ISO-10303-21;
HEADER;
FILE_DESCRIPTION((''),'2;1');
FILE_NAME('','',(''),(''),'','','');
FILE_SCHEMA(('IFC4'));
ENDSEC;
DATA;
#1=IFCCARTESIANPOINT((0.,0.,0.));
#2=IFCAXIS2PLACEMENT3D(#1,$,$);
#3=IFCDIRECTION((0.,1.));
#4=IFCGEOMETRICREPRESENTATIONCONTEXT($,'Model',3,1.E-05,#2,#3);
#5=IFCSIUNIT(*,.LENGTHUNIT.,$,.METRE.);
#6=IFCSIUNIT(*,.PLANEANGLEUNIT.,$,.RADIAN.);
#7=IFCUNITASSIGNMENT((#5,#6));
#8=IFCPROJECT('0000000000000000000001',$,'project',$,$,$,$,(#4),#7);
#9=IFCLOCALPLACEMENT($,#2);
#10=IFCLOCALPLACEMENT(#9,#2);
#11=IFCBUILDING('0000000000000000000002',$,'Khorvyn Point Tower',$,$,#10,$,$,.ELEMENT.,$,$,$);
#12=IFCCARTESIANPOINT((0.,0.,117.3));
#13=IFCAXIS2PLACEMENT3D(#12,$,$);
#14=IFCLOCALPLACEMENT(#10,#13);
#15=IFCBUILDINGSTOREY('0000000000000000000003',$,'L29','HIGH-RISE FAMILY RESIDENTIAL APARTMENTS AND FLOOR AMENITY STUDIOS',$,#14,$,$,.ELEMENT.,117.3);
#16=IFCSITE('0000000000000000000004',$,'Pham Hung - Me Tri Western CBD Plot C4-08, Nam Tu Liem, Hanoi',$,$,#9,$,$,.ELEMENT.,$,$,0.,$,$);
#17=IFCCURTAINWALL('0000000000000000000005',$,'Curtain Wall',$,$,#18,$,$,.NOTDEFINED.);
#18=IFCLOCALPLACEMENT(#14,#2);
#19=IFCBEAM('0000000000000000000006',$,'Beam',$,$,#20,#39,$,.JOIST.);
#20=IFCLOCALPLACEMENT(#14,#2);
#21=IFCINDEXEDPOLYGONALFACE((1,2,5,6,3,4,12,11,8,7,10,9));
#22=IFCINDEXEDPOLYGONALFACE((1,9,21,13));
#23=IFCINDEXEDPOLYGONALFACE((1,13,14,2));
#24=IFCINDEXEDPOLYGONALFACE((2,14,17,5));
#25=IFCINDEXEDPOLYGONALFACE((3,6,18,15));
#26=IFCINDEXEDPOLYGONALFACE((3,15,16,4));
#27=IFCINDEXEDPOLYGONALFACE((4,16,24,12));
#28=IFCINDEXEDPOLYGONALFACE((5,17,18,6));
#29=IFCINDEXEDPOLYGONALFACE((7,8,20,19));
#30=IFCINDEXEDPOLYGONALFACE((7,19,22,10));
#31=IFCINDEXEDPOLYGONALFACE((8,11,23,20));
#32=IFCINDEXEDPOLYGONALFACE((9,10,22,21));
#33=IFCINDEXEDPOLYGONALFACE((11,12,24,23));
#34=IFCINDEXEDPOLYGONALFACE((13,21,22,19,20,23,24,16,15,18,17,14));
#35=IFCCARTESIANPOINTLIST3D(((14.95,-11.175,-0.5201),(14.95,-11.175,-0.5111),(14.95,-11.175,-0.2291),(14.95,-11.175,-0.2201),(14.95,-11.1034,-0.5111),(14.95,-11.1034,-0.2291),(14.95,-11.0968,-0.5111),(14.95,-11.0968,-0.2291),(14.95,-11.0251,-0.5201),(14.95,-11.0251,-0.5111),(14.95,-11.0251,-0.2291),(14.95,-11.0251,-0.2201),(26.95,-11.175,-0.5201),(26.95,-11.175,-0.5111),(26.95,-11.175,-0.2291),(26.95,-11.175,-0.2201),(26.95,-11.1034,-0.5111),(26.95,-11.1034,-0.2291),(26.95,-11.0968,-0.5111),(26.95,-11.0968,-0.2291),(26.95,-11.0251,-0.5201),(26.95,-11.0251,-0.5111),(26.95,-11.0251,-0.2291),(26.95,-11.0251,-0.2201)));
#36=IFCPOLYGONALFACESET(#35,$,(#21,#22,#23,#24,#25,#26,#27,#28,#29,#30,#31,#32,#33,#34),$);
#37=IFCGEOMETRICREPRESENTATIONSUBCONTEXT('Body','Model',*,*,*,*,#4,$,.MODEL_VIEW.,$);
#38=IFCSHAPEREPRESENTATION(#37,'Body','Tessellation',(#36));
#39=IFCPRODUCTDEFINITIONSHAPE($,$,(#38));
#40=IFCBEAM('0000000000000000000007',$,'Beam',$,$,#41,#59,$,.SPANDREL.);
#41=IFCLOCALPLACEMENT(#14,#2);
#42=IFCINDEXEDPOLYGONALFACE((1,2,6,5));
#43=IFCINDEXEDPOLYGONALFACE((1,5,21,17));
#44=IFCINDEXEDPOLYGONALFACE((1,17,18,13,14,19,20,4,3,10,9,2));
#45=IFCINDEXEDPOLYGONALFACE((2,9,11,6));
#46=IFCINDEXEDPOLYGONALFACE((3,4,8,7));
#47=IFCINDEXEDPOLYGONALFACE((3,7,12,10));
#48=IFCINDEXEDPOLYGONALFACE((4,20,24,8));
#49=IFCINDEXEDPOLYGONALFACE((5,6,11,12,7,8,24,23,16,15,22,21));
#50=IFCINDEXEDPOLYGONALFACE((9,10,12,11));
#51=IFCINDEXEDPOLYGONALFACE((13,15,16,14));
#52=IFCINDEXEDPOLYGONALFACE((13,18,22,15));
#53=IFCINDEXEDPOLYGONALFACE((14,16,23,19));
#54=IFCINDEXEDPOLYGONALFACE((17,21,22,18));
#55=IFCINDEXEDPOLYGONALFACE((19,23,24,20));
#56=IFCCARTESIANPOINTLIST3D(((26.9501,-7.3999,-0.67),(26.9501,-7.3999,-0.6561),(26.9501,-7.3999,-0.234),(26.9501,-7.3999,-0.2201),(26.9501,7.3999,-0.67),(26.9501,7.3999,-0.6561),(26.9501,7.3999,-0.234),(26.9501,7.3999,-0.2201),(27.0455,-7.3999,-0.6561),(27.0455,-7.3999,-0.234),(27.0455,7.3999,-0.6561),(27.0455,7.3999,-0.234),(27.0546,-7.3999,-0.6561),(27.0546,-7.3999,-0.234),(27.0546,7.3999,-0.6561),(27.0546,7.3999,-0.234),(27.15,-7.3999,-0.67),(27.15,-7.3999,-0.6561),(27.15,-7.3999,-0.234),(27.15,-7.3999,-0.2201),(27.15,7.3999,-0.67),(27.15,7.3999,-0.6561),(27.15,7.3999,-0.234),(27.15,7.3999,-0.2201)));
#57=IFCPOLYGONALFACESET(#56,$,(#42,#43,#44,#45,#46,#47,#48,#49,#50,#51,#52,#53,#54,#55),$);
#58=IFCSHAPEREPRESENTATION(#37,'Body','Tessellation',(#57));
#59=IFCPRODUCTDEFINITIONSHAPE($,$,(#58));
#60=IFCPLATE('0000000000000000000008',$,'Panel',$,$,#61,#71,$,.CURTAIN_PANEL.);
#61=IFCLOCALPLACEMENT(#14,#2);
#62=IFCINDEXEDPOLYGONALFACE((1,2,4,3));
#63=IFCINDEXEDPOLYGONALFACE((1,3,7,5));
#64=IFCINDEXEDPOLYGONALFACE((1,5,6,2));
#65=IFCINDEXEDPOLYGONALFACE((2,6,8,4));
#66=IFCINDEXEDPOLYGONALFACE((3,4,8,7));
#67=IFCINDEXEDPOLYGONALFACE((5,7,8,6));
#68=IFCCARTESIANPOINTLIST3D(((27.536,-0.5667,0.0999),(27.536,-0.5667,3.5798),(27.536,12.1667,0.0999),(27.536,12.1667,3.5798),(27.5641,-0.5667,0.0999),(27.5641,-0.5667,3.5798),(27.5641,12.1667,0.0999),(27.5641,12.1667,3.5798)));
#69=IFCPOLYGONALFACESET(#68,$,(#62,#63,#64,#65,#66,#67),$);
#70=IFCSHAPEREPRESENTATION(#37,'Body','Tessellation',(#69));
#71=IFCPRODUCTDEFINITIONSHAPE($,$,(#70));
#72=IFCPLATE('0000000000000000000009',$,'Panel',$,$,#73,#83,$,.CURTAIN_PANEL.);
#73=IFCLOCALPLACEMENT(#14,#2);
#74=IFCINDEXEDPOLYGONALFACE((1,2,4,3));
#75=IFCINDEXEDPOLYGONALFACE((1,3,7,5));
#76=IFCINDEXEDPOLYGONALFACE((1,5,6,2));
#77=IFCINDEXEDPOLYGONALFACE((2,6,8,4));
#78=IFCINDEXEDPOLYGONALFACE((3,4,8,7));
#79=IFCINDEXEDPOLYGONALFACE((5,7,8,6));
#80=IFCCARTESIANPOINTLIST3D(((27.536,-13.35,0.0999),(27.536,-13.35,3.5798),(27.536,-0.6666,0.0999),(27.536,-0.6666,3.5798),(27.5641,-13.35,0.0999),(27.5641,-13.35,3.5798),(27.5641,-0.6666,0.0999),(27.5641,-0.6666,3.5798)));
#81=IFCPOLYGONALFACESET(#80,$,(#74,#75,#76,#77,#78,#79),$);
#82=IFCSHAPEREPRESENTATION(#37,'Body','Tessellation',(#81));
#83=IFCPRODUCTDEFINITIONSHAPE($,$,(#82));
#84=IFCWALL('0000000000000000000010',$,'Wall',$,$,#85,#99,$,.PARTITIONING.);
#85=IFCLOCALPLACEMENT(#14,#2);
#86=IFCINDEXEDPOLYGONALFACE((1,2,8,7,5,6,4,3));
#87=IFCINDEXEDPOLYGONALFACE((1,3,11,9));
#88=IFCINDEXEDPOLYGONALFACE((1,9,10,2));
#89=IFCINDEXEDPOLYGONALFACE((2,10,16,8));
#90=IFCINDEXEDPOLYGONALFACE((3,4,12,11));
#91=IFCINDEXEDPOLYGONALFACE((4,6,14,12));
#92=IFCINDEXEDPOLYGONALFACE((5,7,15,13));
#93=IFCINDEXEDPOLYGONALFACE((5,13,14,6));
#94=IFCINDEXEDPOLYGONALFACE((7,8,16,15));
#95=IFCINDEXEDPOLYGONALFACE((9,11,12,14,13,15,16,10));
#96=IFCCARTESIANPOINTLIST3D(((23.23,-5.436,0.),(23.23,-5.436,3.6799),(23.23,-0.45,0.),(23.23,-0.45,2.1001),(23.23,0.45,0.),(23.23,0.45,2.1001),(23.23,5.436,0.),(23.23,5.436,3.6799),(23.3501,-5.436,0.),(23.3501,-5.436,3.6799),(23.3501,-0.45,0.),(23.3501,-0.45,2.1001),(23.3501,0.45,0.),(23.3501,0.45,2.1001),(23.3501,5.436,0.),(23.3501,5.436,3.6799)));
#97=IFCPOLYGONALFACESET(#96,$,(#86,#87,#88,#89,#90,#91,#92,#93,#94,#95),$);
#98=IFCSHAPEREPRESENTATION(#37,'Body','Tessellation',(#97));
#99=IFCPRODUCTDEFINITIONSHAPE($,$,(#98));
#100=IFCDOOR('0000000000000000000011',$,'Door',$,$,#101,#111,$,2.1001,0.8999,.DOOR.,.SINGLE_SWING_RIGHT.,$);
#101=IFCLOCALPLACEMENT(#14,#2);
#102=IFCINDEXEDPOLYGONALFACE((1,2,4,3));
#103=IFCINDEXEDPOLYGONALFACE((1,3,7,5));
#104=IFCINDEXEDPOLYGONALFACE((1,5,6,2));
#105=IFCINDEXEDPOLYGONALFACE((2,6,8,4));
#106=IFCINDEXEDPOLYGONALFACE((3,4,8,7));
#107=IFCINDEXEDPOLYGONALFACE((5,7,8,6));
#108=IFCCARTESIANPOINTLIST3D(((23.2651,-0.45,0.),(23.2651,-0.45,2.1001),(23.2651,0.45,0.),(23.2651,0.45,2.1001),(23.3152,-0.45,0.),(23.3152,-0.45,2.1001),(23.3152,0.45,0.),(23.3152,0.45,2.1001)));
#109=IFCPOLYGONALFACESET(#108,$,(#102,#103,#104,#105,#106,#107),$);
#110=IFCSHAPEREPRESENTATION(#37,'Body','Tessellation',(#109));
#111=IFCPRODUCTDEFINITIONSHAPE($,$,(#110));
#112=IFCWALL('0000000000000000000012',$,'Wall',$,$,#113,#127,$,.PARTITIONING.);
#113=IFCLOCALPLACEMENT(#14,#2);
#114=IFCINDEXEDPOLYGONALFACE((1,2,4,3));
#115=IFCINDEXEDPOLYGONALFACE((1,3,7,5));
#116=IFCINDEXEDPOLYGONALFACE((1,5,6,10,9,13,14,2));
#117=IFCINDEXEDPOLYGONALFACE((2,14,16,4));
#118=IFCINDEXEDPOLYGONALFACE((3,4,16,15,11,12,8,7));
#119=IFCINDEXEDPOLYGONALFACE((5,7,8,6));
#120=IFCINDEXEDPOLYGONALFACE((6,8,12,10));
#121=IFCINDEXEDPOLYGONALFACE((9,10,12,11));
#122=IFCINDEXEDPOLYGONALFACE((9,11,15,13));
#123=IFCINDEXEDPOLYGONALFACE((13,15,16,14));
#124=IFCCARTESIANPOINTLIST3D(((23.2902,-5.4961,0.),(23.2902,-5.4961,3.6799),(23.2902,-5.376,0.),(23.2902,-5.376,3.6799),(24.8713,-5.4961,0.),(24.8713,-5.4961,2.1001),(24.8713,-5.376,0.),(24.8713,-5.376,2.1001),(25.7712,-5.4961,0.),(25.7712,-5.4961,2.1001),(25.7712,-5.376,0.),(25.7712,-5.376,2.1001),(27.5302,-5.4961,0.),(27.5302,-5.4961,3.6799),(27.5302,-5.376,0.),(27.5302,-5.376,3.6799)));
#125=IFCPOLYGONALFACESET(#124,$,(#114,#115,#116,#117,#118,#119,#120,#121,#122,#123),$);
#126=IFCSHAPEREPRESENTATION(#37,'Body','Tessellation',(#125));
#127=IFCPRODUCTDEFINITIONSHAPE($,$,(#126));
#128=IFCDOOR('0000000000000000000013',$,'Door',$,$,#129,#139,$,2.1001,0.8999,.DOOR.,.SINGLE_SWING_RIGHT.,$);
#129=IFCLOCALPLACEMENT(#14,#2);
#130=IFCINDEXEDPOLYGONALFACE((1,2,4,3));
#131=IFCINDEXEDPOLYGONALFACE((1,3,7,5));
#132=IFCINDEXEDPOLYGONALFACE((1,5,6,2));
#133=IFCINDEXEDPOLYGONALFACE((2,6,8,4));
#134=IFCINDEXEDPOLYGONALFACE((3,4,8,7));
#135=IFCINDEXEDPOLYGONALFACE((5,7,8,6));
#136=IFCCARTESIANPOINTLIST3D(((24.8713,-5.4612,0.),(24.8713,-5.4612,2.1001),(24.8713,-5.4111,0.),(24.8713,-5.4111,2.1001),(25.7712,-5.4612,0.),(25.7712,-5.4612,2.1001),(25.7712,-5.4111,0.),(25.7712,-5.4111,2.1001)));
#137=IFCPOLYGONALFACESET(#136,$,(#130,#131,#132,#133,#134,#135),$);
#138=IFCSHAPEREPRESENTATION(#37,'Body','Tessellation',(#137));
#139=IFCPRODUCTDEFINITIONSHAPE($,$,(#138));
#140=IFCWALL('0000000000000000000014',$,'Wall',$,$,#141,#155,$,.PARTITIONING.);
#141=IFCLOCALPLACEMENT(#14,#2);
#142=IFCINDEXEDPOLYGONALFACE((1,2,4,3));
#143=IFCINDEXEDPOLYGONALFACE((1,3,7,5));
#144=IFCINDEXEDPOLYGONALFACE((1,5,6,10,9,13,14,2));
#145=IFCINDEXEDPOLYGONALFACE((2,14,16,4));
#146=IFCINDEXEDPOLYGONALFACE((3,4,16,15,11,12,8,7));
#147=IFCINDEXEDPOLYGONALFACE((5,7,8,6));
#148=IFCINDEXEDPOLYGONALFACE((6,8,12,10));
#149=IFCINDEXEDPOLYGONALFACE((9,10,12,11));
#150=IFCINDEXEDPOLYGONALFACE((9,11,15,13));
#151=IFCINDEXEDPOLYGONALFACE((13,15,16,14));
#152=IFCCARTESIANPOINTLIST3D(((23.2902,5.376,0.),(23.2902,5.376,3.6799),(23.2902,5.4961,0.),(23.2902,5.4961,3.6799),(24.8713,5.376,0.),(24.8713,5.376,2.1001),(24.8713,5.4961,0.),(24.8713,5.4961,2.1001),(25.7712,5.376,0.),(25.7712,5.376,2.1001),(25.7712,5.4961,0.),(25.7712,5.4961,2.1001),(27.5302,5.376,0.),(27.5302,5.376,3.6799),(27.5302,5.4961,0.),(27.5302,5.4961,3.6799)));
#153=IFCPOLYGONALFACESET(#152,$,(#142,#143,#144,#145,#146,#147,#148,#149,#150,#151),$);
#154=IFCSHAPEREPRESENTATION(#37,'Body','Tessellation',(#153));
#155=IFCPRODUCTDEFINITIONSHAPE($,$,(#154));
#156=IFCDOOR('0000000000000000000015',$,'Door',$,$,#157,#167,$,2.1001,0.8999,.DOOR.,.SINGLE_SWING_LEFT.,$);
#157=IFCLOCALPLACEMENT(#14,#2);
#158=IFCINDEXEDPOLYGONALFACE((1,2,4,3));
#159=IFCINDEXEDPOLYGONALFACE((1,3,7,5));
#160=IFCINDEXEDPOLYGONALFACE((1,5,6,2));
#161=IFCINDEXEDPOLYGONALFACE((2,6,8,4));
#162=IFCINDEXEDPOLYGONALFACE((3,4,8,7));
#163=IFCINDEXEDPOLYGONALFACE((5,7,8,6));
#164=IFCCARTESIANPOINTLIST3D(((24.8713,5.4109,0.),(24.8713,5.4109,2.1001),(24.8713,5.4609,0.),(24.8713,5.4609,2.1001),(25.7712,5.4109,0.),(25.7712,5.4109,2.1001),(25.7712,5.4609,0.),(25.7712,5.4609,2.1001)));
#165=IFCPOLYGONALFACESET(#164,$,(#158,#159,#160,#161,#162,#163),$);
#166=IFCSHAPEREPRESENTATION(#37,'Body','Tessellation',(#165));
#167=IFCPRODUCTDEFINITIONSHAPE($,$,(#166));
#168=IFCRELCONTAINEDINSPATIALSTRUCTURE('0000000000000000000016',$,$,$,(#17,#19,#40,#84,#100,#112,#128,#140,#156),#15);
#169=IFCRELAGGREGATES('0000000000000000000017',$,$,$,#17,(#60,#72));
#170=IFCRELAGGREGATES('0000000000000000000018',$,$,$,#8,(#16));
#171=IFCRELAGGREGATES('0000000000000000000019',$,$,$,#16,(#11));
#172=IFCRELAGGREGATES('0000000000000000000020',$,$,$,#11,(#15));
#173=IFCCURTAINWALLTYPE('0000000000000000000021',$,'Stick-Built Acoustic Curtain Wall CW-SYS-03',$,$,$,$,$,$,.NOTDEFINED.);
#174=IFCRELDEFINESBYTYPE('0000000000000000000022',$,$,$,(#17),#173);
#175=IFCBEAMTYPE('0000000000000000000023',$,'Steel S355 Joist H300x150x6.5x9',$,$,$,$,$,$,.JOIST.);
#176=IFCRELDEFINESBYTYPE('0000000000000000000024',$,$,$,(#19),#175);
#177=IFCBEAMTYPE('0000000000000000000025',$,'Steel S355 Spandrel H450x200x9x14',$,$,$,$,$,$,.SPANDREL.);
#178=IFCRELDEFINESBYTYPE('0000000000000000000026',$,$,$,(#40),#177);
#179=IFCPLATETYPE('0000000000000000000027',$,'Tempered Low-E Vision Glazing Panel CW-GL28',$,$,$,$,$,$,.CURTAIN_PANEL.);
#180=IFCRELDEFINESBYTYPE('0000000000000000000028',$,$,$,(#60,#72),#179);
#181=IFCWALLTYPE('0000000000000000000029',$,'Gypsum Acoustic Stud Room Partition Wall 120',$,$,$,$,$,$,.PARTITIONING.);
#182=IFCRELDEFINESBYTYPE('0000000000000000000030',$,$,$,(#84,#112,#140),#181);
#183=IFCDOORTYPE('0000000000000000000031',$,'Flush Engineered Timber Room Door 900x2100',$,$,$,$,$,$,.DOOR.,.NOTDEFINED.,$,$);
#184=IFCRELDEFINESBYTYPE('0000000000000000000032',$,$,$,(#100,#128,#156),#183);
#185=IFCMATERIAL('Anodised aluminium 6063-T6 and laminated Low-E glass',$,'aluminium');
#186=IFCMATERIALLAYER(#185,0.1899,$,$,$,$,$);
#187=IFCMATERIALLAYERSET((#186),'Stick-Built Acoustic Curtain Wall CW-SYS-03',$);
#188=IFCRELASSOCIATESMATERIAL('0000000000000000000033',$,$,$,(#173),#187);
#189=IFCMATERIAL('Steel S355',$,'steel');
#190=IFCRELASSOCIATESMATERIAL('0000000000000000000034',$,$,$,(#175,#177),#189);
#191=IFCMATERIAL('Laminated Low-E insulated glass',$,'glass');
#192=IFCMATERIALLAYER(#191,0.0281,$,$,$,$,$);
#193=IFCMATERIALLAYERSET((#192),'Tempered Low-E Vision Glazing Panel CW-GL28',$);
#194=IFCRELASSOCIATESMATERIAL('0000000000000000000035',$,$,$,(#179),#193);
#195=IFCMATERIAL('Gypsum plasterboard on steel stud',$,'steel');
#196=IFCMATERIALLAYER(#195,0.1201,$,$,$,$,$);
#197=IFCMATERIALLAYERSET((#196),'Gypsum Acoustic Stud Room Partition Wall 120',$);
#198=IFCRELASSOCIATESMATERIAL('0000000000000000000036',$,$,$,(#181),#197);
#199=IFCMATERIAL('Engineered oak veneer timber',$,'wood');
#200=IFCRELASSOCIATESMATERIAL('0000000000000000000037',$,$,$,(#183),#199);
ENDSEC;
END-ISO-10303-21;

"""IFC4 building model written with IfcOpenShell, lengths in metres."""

from ifc_helpers import new_model, si_unit, direction, frame, frame_2d, origin, origin_2d, place, context, subcontext, project, spatial, rectangle, i_section, extrude, material, layer, layer_set, material_profile, profile_set, type_object, element, fill, aggregate, save


model = new_model("IFC4")

# Units and contexts
model_context = context("Model", 3, precision=1e-05, world=origin(), true_north=direction((0.0, 1.0)))
body_context = subcontext(model_context, "Body", "Model", "MODEL_VIEW")
ifc_project = project(units=[si_unit("LENGTHUNIT", "METRE"), si_unit("PLANEANGLEUNIT", "RADIAN")], contexts=[model_context])

# Site, building, storey
site_placement = place(None, origin())
site = spatial("IfcSite", under=ifc_project, at=site_placement, Name="Pham Hung - Me Tri Western CBD Plot C4-08, Nam Tu Liem, Hanoi", CompositionType="ELEMENT", RefElevation=0.0)
building_placement = place(site_placement, origin())
building = spatial("IfcBuilding", under=site, at=building_placement, Name="Khorvyn Point Tower", CompositionType="ELEMENT")
storey_placement = place(building_placement, frame((0.0, 0.0, 117.3)))
storey = spatial("IfcBuildingStorey", under=building, at=storey_placement, Name="L29", Description="HIGH-RISE FAMILY RESIDENTIAL APARTMENTS AND FLOOR AMENITY STUDIOS", CompositionType="ELEMENT", Elevation=117.3)

# Curtain wall
ifc_material_1 = material(Name="Anodised aluminium 6063-T6 and laminated Low-E glass", Category="aluminium")
ifc_layer_1 = layer(ifc_material_1, 0.1899)
ifc_layer_set_1 = layer_set([ifc_layer_1], Name="Stick-Built Acoustic Curtain Wall CW-SYS-03")
curtain_wall_type = type_object("IfcCurtainWallType", Name="Stick-Built Acoustic Curtain Wall CW-SYS-03", PredefinedType="NOTDEFINED", material=ifc_layer_set_1)
curtain_wall_placement = place(storey_placement, origin())
curtain_wall = element("IfcCurtainWall", 1, at=curtain_wall_placement, inside=storey, type_object=curtain_wall_type, Name="Curtain Wall", PredefinedType="NOTDEFINED")

# Beams
ifc_material_2 = material(Name="Steel S355", Category="steel")
ifc_material_profile_1 = material_profile(ifc_material_2, i_section(OverallWidth=0.1499, OverallDepth=0.3, WebThickness=0.0066, FlangeThickness=0.009, at=origin_2d()))
ifc_profile_set_1 = profile_set([ifc_material_profile_1], Name="Steel S355 H300x150x6.5x9")
beam_type_1 = type_object("IfcBeamType", Name="Steel S355 Joist H300x150x6.5x9", PredefinedType="JOIST", material=ifc_profile_set_1)
beam_1_placement = place(storey_placement, frame((14.95, -11.1001, -0.3701), z_axis=(1.0, 0.0, 0.0), x_axis=(0.0, 1.0, 0.0)))
element("IfcBeam", 2, at=beam_1_placement, inside=storey, type_object=beam_type_1, Name="Beam", PredefinedType="JOIST", context=body_context, shape_type="SweptSolid", body=[
    extrude(i_section(OverallWidth=0.1499, OverallDepth=0.3, WebThickness=0.0066, FlangeThickness=0.009, at=origin_2d()), origin(), (0.0, 0.0, 1.0), 12.0),
])
ifc_material_profile_2 = material_profile(ifc_material_2, i_section(OverallWidth=0.2, OverallDepth=0.45, WebThickness=0.009, FlangeThickness=0.0139, at=origin_2d()))
ifc_profile_set_2 = profile_set([ifc_material_profile_2], Name="Steel S355 H450x200x9x14")
beam_type_2 = type_object("IfcBeamType", Name="Steel S355 Spandrel H450x200x9x14", PredefinedType="SPANDREL", material=ifc_profile_set_2)
beam_2_placement = place(storey_placement, frame((27.05, -7.3999, -0.4451), z_axis=(0.0, 1.0, 0.0), x_axis=(-1.0, 0.0, 0.0)))
element("IfcBeam", 3, at=beam_2_placement, inside=storey, type_object=beam_type_2, Name="Beam", PredefinedType="SPANDREL", context=body_context, shape_type="SweptSolid", body=[
    extrude(i_section(OverallWidth=0.2, OverallDepth=0.45, WebThickness=0.009, FlangeThickness=0.0139, at=origin_2d()), origin(), (0.0, 0.0, 1.0), 14.7998),
])

# Plates
ifc_material_3 = material(Name="Laminated Low-E insulated glass", Category="glass")
ifc_layer_2 = layer(ifc_material_3, 0.0281)
ifc_layer_set_2 = layer_set([ifc_layer_2], Name="Tempered Low-E Vision Glazing Panel CW-GL28")
plate_type = type_object("IfcPlateType", Name="Tempered Low-E Vision Glazing Panel CW-GL28", PredefinedType="CURTAIN_PANEL", material=ifc_layer_set_2)
plate_1_placement = place(storey_placement, frame((27.55, 5.8, 0.0999), z_axis=(0.0, 0.0, 1.0), x_axis=(0.0, -1.0, 0.0)))
plate_1 = element("IfcPlate", 4, at=plate_1_placement, type_object=plate_type, Name="Panel", PredefinedType="CURTAIN_PANEL", context=body_context, shape_type="SweptSolid", body=[
    extrude(rectangle(XDim=12.7334, YDim=0.0281, at=origin_2d()), origin(), (0.0, 0.0, 1.0), 3.48),
])
plate_2_placement = place(storey_placement, frame((27.55, -7.0083, 0.0999), z_axis=(0.0, 0.0, 1.0), x_axis=(0.0, -1.0, 0.0)))
plate_2 = element("IfcPlate", 5, at=plate_2_placement, type_object=plate_type, Name="Panel", PredefinedType="CURTAIN_PANEL", context=body_context, shape_type="SweptSolid", body=[
    extrude(rectangle(XDim=12.6833, YDim=0.0281, at=origin_2d()), origin(), (0.0, 0.0, 1.0), 3.48),
])
aggregate(curtain_wall, [plate_1, plate_2])

# Walls, openings, doors
ifc_material_4 = material(Name="Gypsum plasterboard on steel stud", Category="steel")
ifc_layer_3 = layer(ifc_material_4, 0.1201)
ifc_layer_set_3 = layer_set([ifc_layer_3], Name="Gypsum Acoustic Stud Room Partition Wall 120")
wall_type_1 = type_object("IfcWallType", Name="Gypsum Acoustic Stud Room Partition Wall 120", PredefinedType="PARTITIONING", material=ifc_layer_set_3)
wall_1_placement = place(storey_placement, frame((23.29, -5.436, 0.0), z_axis=(0.0, 0.0, 1.0), x_axis=(0.0, 1.0, 0.0)))
wall_1 = element("IfcWall", 6, at=wall_1_placement, inside=storey, type_object=wall_type_1, Name="Wall", PredefinedType="PARTITIONING", context=body_context, shape_type="SweptSolid", body=[
    extrude(rectangle(XDim=10.8721, YDim=0.1201, at=frame_2d((5.436, 0.0))), origin(), (0.0, 0.0, 1.0), 3.6799),
])
opening_1_placement = place(wall_1_placement, frame((4.9861, 0.0, 0.0)))
opening_1 = element("IfcOpeningElement", 7, at=opening_1_placement, cuts=wall_1, PredefinedType="OPENING", context=body_context, shape_type="SweptSolid", body=[
    extrude(rectangle(XDim=0.8999, YDim=2.1001, at=frame_2d((0.45, 1.05))), frame((0.0, 0.0701, 0.0), z_axis=(0.0, -1.0, 0.0), x_axis=(1.0, 0.0, 0.0)), (0.0, 0.0, 1.0), 0.1401),
])
ifc_material_5 = material(Name="Engineered oak veneer timber", Category="wood")
door_type_1 = type_object("IfcDoorType", Name="Flush Engineered Timber Room Door 900x2100", OperationType="NOTDEFINED", PredefinedType="DOOR", material=ifc_material_5)
door_1_placement = place(opening_1_placement, origin())
door_1 = element("IfcDoor", 8, at=door_1_placement, inside=storey, type_object=door_type_1, Name="Door", OperationType="SINGLE_SWING_RIGHT", OverallHeight=2.1001, OverallWidth=0.8999, PredefinedType="DOOR", context=body_context, shape_type="SweptSolid", body=[
    extrude(rectangle(XDim=0.8999, YDim=2.1001, at=frame_2d((0.45, 1.05))), frame((0.0, 0.0249, 0.0), z_axis=(0.0, -1.0, 0.0), x_axis=(1.0, 0.0, 0.0)), (0.0, 0.0, 1.0), 0.05),
])
fill(opening_1, door_1)
wall_2_placement = place(storey_placement, frame((23.29, -5.436, 0.0), z_axis=(0.0, 0.0, 1.0), x_axis=(1.0, 0.0, 0.0)))
wall_2 = element("IfcWall", 9, at=wall_2_placement, inside=storey, type_object=wall_type_1, Name="Wall", PredefinedType="PARTITIONING", context=body_context, shape_type="SweptSolid", body=[
    extrude(rectangle(XDim=4.24, YDim=0.1201, at=frame_2d((2.1201, 0.0))), origin(), (0.0, 0.0, 1.0), 3.6799),
])
opening_2_placement = place(wall_2_placement, frame((1.5813, 0.0, 0.0)))
opening_2 = element("IfcOpeningElement", 10, at=opening_2_placement, cuts=wall_2, PredefinedType="OPENING", context=body_context, shape_type="SweptSolid", body=[
    extrude(rectangle(XDim=0.8999, YDim=2.1001, at=frame_2d((0.45, 1.05))), frame((0.0, 0.0701, 0.0), z_axis=(0.0, -1.0, 0.0), x_axis=(1.0, 0.0, 0.0)), (0.0, 0.0, 1.0), 0.1401),
])
door_2_placement = place(opening_2_placement, origin())
door_2 = element("IfcDoor", 11, at=door_2_placement, inside=storey, type_object=door_type_1, Name="Door", OperationType="SINGLE_SWING_RIGHT", OverallHeight=2.1001, OverallWidth=0.8999, PredefinedType="DOOR", context=body_context, shape_type="SweptSolid", body=[
    extrude(rectangle(XDim=0.8999, YDim=2.1001, at=frame_2d((0.45, 1.05))), frame((0.0, 0.0249, 0.0), z_axis=(0.0, -1.0, 0.0), x_axis=(1.0, 0.0, 0.0)), (0.0, 0.0, 1.0), 0.05),
])
fill(opening_2, door_2)
wall_3_placement = place(storey_placement, frame((23.29, 5.436, 0.0), z_axis=(0.0, 0.0, 1.0), x_axis=(1.0, 0.0, 0.0)))
wall_3 = element("IfcWall", 12, at=wall_3_placement, inside=storey, type_object=wall_type_1, Name="Wall", PredefinedType="PARTITIONING", context=body_context, shape_type="SweptSolid", body=[
    extrude(rectangle(XDim=4.24, YDim=0.1201, at=frame_2d((2.1201, 0.0))), origin(), (0.0, 0.0, 1.0), 3.6799),
])
opening_3_placement = place(wall_3_placement, frame((1.5813, 0.0, 0.0)))
opening_3 = element("IfcOpeningElement", 13, at=opening_3_placement, cuts=wall_3, PredefinedType="OPENING", context=body_context, shape_type="SweptSolid", body=[
    extrude(rectangle(XDim=0.8999, YDim=2.1001, at=frame_2d((0.45, 1.05))), frame((0.0, 0.0701, 0.0), z_axis=(0.0, -1.0, 0.0), x_axis=(1.0, 0.0, 0.0)), (0.0, 0.0, 1.0), 0.1401),
])
door_3_placement = place(opening_3_placement, origin())
door_3 = element("IfcDoor", 14, at=door_3_placement, inside=storey, type_object=door_type_1, Name="Door", OperationType="SINGLE_SWING_LEFT", OverallHeight=2.1001, OverallWidth=0.8999, PredefinedType="DOOR", context=body_context, shape_type="SweptSolid", body=[
    extrude(rectangle(XDim=0.8999, YDim=2.1001, at=frame_2d((0.45, 1.05))), frame((0.0, 0.0249, 0.0), z_axis=(0.0, -1.0, 0.0), x_axis=(1.0, 0.0, 0.0)), (0.0, 0.0, 1.0), 0.05),
])
fill(opening_3, door_3)

save(model, "model.ifc")
